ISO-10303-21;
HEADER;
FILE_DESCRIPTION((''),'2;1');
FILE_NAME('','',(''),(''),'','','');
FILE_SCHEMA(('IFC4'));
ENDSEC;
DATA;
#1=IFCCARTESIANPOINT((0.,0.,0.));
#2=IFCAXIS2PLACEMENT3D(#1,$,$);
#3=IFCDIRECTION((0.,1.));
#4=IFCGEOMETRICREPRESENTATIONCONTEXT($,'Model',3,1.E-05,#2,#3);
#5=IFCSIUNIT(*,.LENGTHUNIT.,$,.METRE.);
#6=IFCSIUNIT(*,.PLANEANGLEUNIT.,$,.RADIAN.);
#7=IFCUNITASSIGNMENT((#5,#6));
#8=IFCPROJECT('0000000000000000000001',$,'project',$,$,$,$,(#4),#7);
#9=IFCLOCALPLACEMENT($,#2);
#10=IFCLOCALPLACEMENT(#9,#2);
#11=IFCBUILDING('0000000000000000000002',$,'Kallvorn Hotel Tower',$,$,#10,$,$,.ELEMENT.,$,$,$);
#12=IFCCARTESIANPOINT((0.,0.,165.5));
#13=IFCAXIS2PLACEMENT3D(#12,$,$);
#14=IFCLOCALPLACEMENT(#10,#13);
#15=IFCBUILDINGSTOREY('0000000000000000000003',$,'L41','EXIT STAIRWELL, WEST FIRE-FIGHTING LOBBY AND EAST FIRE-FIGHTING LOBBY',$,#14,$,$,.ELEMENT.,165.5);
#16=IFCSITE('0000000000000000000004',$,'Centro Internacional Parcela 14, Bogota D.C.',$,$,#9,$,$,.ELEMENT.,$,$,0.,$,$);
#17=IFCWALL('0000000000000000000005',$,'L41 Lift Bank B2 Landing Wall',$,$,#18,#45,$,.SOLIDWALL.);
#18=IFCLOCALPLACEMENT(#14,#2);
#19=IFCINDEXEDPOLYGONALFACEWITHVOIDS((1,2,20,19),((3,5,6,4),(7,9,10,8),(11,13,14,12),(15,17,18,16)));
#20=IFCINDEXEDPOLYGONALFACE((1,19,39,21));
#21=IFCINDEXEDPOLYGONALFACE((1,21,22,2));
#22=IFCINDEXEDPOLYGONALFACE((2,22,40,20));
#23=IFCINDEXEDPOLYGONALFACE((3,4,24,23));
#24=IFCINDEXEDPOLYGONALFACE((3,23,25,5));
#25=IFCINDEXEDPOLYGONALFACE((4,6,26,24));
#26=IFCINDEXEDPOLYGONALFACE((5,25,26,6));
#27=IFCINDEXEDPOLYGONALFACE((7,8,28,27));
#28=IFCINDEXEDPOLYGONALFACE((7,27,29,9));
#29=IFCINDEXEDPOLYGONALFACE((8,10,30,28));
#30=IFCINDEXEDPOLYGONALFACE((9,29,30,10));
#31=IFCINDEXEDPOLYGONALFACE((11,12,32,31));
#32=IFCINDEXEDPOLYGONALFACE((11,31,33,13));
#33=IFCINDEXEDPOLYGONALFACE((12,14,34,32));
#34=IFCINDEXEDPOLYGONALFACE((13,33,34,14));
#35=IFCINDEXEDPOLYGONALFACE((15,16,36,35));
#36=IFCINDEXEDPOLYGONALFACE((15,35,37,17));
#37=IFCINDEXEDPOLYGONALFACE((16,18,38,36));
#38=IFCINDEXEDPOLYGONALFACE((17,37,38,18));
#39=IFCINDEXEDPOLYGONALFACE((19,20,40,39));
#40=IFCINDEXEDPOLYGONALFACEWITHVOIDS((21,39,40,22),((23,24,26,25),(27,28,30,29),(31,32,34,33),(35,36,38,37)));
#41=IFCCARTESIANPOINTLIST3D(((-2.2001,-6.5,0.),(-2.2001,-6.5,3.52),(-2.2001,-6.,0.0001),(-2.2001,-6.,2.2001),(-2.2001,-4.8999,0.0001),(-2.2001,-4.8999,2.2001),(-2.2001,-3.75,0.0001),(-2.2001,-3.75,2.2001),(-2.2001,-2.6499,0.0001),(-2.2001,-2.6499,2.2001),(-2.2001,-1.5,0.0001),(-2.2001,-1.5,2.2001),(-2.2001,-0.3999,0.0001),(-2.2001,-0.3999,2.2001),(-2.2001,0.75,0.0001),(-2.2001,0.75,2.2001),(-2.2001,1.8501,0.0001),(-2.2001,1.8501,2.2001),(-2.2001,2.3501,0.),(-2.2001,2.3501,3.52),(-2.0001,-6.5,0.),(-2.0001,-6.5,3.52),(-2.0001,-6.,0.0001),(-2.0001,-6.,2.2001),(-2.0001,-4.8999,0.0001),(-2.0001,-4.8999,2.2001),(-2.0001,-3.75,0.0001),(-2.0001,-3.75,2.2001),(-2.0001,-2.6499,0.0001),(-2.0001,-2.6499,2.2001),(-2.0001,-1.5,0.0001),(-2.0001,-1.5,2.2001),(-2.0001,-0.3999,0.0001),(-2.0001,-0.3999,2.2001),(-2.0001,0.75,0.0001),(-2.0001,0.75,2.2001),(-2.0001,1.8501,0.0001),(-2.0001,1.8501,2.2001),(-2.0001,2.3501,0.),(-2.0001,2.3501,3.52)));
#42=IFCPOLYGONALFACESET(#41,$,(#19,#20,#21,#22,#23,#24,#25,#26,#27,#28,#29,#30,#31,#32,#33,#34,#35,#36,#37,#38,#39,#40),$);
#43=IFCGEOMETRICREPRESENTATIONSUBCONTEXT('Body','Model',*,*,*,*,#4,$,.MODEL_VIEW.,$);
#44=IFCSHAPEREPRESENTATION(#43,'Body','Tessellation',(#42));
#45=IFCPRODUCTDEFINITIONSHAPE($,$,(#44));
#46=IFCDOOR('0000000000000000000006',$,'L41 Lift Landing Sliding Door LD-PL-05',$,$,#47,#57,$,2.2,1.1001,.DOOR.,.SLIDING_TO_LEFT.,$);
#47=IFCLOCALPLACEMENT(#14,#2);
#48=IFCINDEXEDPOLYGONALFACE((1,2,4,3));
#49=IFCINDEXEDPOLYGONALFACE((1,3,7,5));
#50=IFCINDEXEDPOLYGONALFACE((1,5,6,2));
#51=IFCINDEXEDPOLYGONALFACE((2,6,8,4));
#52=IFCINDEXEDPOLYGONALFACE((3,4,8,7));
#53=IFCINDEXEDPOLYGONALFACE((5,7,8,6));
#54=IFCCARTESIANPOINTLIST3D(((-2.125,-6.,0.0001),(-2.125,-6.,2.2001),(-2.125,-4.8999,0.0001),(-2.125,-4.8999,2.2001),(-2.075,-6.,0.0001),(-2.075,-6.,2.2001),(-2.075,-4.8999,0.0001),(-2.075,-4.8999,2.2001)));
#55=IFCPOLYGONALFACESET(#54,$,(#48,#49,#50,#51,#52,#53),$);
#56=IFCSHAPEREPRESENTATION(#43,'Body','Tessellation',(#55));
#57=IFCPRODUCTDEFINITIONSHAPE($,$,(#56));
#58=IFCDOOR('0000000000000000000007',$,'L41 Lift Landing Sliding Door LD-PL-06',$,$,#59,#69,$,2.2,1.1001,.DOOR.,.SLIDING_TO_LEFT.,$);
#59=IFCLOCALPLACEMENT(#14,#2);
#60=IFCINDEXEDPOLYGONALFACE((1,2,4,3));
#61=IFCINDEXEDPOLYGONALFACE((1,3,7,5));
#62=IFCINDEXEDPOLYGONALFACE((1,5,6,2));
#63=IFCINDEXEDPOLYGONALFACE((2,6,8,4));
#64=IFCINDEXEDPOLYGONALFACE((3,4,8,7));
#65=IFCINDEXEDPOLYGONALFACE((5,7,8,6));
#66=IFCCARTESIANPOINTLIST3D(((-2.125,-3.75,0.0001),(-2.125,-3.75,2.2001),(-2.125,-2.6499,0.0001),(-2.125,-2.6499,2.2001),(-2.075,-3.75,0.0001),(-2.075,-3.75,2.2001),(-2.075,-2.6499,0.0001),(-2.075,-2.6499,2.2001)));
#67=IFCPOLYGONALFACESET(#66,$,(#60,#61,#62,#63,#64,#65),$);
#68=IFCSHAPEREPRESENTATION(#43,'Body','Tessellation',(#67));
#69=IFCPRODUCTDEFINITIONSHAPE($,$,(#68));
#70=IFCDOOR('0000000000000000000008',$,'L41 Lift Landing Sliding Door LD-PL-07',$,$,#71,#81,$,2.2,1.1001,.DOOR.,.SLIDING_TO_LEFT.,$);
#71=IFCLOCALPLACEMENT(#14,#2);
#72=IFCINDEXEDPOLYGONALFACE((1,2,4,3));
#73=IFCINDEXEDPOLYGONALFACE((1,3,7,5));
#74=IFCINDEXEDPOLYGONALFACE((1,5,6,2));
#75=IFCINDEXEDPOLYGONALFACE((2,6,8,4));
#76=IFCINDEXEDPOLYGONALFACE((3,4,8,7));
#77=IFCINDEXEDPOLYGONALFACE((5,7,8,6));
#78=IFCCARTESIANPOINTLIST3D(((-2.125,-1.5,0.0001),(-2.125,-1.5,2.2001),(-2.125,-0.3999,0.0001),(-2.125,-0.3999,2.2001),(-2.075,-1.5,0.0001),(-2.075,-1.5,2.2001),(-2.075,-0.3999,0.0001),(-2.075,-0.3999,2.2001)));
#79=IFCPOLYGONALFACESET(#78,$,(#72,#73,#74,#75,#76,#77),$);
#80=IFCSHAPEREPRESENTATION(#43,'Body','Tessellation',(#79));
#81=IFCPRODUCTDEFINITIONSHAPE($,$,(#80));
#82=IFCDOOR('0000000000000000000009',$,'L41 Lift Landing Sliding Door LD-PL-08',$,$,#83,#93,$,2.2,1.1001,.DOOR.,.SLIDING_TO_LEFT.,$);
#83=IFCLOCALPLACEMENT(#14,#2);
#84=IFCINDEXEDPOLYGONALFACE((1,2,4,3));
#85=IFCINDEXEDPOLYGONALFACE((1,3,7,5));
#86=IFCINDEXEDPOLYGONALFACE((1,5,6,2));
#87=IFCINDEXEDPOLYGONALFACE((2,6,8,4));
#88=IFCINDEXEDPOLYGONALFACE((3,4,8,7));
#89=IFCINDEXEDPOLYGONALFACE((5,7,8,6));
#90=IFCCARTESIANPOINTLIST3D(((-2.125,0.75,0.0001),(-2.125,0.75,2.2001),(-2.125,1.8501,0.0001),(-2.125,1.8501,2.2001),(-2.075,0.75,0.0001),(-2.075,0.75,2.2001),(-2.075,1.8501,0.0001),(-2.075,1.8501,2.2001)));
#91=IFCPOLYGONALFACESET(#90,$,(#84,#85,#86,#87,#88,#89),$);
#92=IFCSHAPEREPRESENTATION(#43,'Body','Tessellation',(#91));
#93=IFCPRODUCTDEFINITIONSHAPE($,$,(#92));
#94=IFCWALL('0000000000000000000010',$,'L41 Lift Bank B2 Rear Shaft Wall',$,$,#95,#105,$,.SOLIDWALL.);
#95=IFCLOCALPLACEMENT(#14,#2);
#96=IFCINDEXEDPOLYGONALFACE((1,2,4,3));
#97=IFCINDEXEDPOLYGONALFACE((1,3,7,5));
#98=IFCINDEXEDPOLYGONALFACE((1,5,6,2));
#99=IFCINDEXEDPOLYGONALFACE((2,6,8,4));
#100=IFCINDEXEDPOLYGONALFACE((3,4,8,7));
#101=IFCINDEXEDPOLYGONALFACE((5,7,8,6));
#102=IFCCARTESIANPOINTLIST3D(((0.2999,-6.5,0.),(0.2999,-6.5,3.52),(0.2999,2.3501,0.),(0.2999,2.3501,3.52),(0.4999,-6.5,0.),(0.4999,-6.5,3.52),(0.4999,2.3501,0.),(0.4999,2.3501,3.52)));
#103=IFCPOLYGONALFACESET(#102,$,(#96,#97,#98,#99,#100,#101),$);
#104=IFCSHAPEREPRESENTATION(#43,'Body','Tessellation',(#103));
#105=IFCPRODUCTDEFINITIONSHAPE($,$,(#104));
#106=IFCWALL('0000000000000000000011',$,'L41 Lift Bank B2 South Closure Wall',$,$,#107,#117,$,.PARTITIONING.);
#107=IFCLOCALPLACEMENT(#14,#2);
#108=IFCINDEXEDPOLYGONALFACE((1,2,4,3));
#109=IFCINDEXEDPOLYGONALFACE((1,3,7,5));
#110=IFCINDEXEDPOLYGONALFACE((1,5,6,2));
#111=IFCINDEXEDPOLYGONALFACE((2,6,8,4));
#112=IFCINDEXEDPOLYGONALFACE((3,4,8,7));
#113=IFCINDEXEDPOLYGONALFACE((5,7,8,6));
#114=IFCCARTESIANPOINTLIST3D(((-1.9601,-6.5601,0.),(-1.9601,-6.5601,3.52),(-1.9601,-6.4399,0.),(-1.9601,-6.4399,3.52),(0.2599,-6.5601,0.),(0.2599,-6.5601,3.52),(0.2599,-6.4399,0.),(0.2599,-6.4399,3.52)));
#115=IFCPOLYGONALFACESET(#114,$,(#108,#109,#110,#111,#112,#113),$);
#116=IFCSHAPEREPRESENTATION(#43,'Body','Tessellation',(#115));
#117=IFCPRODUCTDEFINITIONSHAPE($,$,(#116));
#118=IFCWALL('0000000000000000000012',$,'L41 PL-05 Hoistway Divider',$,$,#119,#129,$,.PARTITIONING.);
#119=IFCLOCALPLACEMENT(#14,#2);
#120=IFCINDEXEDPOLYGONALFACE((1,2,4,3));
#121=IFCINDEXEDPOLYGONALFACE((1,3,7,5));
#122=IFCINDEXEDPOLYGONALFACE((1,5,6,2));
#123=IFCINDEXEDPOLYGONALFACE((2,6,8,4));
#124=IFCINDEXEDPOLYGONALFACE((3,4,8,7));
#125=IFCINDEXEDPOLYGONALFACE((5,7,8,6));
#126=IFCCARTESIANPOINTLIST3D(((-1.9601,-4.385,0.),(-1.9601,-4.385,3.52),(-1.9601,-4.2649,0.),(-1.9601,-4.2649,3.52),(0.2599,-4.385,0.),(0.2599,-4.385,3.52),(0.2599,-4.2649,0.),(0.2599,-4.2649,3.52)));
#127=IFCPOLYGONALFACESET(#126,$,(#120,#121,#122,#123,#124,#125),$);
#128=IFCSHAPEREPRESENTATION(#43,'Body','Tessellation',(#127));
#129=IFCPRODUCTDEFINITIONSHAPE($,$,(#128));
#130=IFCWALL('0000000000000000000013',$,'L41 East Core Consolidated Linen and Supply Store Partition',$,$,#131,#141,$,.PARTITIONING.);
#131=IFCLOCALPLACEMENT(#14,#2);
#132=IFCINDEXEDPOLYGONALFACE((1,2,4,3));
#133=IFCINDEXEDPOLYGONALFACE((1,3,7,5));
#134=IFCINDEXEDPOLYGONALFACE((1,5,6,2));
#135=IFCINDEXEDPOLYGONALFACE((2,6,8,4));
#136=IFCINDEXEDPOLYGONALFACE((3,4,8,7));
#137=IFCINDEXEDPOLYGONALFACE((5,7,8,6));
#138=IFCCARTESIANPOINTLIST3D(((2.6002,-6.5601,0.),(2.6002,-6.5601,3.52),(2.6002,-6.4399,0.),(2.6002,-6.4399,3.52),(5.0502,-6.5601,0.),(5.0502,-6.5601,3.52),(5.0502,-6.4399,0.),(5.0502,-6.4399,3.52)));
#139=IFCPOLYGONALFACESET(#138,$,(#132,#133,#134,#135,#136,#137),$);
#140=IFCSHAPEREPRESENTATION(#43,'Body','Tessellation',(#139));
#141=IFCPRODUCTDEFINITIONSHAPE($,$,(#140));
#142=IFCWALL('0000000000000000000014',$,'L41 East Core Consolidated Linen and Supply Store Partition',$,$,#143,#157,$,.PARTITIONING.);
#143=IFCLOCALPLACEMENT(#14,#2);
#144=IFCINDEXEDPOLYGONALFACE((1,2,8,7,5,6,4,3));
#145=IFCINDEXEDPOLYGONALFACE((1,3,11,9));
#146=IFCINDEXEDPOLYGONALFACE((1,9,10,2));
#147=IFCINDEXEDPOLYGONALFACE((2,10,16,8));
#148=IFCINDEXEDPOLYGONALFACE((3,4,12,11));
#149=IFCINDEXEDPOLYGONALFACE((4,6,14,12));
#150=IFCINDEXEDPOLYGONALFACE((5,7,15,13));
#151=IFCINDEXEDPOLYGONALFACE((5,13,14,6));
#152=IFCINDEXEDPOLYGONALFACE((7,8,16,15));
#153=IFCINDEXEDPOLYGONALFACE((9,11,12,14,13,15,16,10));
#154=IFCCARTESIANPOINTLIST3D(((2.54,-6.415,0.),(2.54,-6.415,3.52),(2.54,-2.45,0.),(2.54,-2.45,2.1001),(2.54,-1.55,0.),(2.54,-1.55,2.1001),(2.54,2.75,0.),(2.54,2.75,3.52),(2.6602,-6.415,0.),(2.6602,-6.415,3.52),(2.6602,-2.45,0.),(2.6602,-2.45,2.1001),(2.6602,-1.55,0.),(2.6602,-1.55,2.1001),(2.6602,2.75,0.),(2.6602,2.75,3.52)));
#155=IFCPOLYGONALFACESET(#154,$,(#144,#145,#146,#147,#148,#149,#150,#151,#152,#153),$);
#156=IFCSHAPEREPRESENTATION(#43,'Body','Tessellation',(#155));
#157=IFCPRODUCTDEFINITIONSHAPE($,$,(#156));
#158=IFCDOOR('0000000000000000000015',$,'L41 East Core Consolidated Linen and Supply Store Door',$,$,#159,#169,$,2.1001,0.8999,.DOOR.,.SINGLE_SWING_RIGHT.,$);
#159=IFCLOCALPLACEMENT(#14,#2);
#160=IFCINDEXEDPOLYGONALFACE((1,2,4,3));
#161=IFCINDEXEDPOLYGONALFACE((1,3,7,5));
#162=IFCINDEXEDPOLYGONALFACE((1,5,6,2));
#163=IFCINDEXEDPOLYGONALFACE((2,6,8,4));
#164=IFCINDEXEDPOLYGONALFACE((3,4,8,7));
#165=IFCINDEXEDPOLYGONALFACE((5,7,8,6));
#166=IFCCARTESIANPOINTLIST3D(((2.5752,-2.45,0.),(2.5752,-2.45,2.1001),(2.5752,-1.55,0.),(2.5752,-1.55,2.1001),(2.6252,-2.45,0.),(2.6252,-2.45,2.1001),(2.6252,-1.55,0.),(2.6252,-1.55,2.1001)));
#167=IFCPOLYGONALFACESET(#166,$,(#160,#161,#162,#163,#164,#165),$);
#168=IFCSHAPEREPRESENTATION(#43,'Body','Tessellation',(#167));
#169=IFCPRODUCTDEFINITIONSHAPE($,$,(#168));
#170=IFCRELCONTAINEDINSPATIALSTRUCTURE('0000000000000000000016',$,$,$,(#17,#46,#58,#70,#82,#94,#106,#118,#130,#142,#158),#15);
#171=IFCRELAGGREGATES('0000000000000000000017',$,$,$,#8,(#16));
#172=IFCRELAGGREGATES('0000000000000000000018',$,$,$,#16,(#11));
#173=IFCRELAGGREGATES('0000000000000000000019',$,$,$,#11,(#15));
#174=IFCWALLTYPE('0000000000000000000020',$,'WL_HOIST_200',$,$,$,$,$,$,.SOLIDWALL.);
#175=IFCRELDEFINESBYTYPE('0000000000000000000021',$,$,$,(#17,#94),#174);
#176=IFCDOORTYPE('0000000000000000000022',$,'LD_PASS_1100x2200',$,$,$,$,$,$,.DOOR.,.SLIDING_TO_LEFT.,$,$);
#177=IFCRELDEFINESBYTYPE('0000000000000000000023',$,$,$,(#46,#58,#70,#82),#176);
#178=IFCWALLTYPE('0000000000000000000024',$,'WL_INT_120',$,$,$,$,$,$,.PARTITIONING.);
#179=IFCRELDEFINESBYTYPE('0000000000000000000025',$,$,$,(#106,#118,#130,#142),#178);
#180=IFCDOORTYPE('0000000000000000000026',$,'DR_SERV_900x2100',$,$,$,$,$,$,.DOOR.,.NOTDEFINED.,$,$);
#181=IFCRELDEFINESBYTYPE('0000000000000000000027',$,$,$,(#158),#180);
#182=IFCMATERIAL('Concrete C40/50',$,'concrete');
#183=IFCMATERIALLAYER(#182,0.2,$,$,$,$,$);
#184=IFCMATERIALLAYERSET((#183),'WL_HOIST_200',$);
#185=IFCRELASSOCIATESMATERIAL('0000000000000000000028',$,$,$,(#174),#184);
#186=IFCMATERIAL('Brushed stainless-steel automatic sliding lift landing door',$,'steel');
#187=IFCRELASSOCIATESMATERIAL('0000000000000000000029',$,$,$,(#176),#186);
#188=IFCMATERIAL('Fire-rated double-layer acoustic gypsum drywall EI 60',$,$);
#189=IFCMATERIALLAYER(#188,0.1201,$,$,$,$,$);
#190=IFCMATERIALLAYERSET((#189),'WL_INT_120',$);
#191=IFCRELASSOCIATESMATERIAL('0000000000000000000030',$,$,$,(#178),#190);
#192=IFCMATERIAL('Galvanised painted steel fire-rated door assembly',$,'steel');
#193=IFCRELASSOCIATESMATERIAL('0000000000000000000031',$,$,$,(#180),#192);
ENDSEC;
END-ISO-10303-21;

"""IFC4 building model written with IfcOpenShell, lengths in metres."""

from ifc_helpers import new_model, si_unit, direction, frame, frame_2d, origin, place, context, subcontext, project, spatial, rectangle, extrude, material, layer, layer_set, type_object, element, fill, save


model = new_model("IFC4")

# Units and contexts
model_context = context("Model", 3, precision=1e-05, world=origin(), true_north=direction((0.0, 1.0)))
body_context = subcontext(model_context, "Body", "Model", "MODEL_VIEW")
ifc_project = project(units=[si_unit("LENGTHUNIT", "METRE"), si_unit("PLANEANGLEUNIT", "RADIAN")], contexts=[model_context])

# Site, building, storey
site_placement = place(None, origin())
site = spatial("IfcSite", under=ifc_project, at=site_placement, Name="Centro Internacional Parcela 14, Bogota D.C.", CompositionType="ELEMENT", RefElevation=0.0)
building_placement = place(site_placement, origin())
building = spatial("IfcBuilding", under=site, at=building_placement, Name="Kallvorn Hotel Tower", CompositionType="ELEMENT")
storey_placement = place(building_placement, frame((0.0, 0.0, 165.5)))
storey = spatial("IfcBuildingStorey", under=building, at=storey_placement, Name="L41", Description="EXIT STAIRWELL, WEST FIRE-FIGHTING LOBBY AND EAST FIRE-FIGHTING LOBBY", CompositionType="ELEMENT", Elevation=165.5)

# Wall, openings, doors
ifc_material_1 = material(Name="Concrete C40/50", Category="concrete")
ifc_layer_1 = layer(ifc_material_1, 0.2)
ifc_layer_set_1 = layer_set([ifc_layer_1], Name="WL_HOIST_200")
wall_type_1 = type_object("IfcWallType", Name="WL_HOIST_200", PredefinedType="SOLIDWALL", material=ifc_layer_set_1)
wall_1_placement = place(storey_placement, frame((-2.1001, -6.5, 0.0), z_axis=(0.0, 0.0, 1.0), x_axis=(0.0, 1.0, 0.0)))
wall_1 = element("IfcWall", 1, at=wall_1_placement, inside=storey, type_object=wall_type_1, Name="L41 Lift Bank B2 Landing Wall", PredefinedType="SOLIDWALL", context=body_context, shape_type="SweptSolid", body=[
    extrude(rectangle(XDim=8.8501, YDim=0.2, at=frame_2d((4.425, 0.0))), origin(), (0.0, 0.0, 1.0), 3.52),
])
opening_1_placement = place(wall_1_placement, frame((0.5, 0.0, 0.0)))
opening_1 = element("IfcOpeningElement", 2, at=opening_1_placement, cuts=wall_1, PredefinedType="OPENING", context=body_context, shape_type="SweptSolid", body=[
    extrude(rectangle(XDim=1.1001, YDim=2.2, at=frame_2d((0.55, 1.1001))), frame((0.0, 0.115, 0.0), z_axis=(0.0, -1.0, 0.0), x_axis=(1.0, 0.0, 0.0)), (0.0, 0.0, 1.0), 0.23),
])
opening_2_placement = place(wall_1_placement, frame((2.75, 0.0, 0.0)))
opening_2 = element("IfcOpeningElement", 3, at=opening_2_placement, cuts=wall_1, PredefinedType="OPENING", context=body_context, shape_type="SweptSolid", body=[
    extrude(rectangle(XDim=1.1001, YDim=2.2, at=frame_2d((0.55, 1.1001))), frame((0.0, 0.115, 0.0), z_axis=(0.0, -1.0, 0.0), x_axis=(1.0, 0.0, 0.0)), (0.0, 0.0, 1.0), 0.23),
])
opening_3_placement = place(wall_1_placement, frame((5.0, 0.0, 0.0)))
opening_3 = element("IfcOpeningElement", 4, at=opening_3_placement, cuts=wall_1, PredefinedType="OPENING", context=body_context, shape_type="SweptSolid", body=[
    extrude(rectangle(XDim=1.1001, YDim=2.2, at=frame_2d((0.55, 1.1001))), frame((0.0, 0.115, 0.0), z_axis=(0.0, -1.0, 0.0), x_axis=(1.0, 0.0, 0.0)), (0.0, 0.0, 1.0), 0.23),
])
opening_4_placement = place(wall_1_placement, frame((7.25, 0.0, 0.0)))
opening_4 = element("IfcOpeningElement", 5, at=opening_4_placement, cuts=wall_1, PredefinedType="OPENING", context=body_context, shape_type="SweptSolid", body=[
    extrude(rectangle(XDim=1.1001, YDim=2.2, at=frame_2d((0.55, 1.1001))), frame((0.0, 0.115, 0.0), z_axis=(0.0, -1.0, 0.0), x_axis=(1.0, 0.0, 0.0)), (0.0, 0.0, 1.0), 0.23),
])
ifc_material_2 = material(Name="Brushed stainless-steel automatic sliding lift landing door", Category="steel")
door_type_1 = type_object("IfcDoorType", Name="LD_PASS_1100x2200", OperationType="SLIDING_TO_LEFT", PredefinedType="DOOR", material=ifc_material_2)
door_1_placement = place(opening_1_placement, origin())
door_1 = element("IfcDoor", 6, at=door_1_placement, inside=storey, type_object=door_type_1, Name="L41 Lift Landing Sliding Door LD-PL-05", OperationType="SLIDING_TO_LEFT", OverallHeight=2.2, OverallWidth=1.1001, PredefinedType="DOOR", context=body_context, shape_type="SweptSolid", body=[
    extrude(rectangle(XDim=1.1001, YDim=2.2, at=frame_2d((0.55, 1.1001))), frame((0.0, 0.0249, 0.0), z_axis=(0.0, -1.0, 0.0), x_axis=(1.0, 0.0, 0.0)), (0.0, 0.0, 1.0), 0.05),
])
fill(opening_1, door_1)
door_2_placement = place(opening_2_placement, origin())
door_2 = element("IfcDoor", 7, at=door_2_placement, inside=storey, type_object=door_type_1, Name="L41 Lift Landing Sliding Door LD-PL-06", OperationType="SLIDING_TO_LEFT", OverallHeight=2.2, OverallWidth=1.1001, PredefinedType="DOOR", context=body_context, shape_type="SweptSolid", body=[
    extrude(rectangle(XDim=1.1001, YDim=2.2, at=frame_2d((0.55, 1.1001))), frame((0.0, 0.0249, 0.0), z_axis=(0.0, -1.0, 0.0), x_axis=(1.0, 0.0, 0.0)), (0.0, 0.0, 1.0), 0.05),
])
fill(opening_2, door_2)
door_3_placement = place(opening_3_placement, origin())
door_3 = element("IfcDoor", 8, at=door_3_placement, inside=storey, type_object=door_type_1, Name="L41 Lift Landing Sliding Door LD-PL-07", OperationType="SLIDING_TO_LEFT", OverallHeight=2.2, OverallWidth=1.1001, PredefinedType="DOOR", context=body_context, shape_type="SweptSolid", body=[
    extrude(rectangle(XDim=1.1001, YDim=2.2, at=frame_2d((0.55, 1.1001))), frame((0.0, 0.0249, 0.0), z_axis=(0.0, -1.0, 0.0), x_axis=(1.0, 0.0, 0.0)), (0.0, 0.0, 1.0), 0.05),
])
fill(opening_3, door_3)
door_4_placement = place(opening_4_placement, origin())
door_4 = element("IfcDoor", 9, at=door_4_placement, inside=storey, type_object=door_type_1, Name="L41 Lift Landing Sliding Door LD-PL-08", OperationType="SLIDING_TO_LEFT", OverallHeight=2.2, OverallWidth=1.1001, PredefinedType="DOOR", context=body_context, shape_type="SweptSolid", body=[
    extrude(rectangle(XDim=1.1001, YDim=2.2, at=frame_2d((0.55, 1.1001))), frame((0.0, 0.0249, 0.0), z_axis=(0.0, -1.0, 0.0), x_axis=(1.0, 0.0, 0.0)), (0.0, 0.0, 1.0), 0.05),
])
fill(opening_4, door_4)

# Walls
wall_2_placement = place(storey_placement, frame((0.3999, -6.5, 0.0), z_axis=(0.0, 0.0, 1.0), x_axis=(0.0, 1.0, 0.0)))
element("IfcWall", 10, at=wall_2_placement, inside=storey, type_object=wall_type_1, Name="L41 Lift Bank B2 Rear Shaft Wall", PredefinedType="SOLIDWALL", context=body_context, shape_type="SweptSolid", body=[
    extrude(rectangle(XDim=8.8501, YDim=0.2, at=frame_2d((4.425, 0.0))), origin(), (0.0, 0.0, 1.0), 3.52),
])
ifc_material_3 = material(Name="Fire-rated double-layer acoustic gypsum drywall EI 60")
ifc_layer_2 = layer(ifc_material_3, 0.1201)
ifc_layer_set_2 = layer_set([ifc_layer_2], Name="WL_INT_120")
wall_type_2 = type_object("IfcWallType", Name="WL_INT_120", PredefinedType="PARTITIONING", material=ifc_layer_set_2)
for number, where, z_axis, x_axis, name in (
    (11, (-1.96, -6.5, 0.0), (0.0, 0.0, 1.0), (1.0, 0.0, 0.0), "L41 Lift Bank B2 South Closure Wall"),
    (12, (-1.96, -4.325, 0.0), (0.0, 0.0, 1.0), (1.0, 0.0, 0.0), "L41 PL-05 Hoistway Divider"),
):
    element("IfcWall", number, at=place(storey_placement, frame(where, z_axis=z_axis, x_axis=x_axis)), inside=storey, type_object=wall_type_2, Name=name, PredefinedType="PARTITIONING", context=body_context, shape_type="SweptSolid", body=[
        extrude(rectangle(XDim=2.22, YDim=0.1201, at=frame_2d((1.1099, 0.0))), origin(), (0.0, 0.0, 1.0), 3.52),
    ])
wall_3_placement = place(storey_placement, frame((2.6001, -6.5, 0.0), z_axis=(0.0, 0.0, 1.0), x_axis=(1.0, 0.0, 0.0)))
element("IfcWall", 13, at=wall_3_placement, inside=storey, type_object=wall_type_2, Name="L41 East Core Consolidated Linen and Supply Store Partition", PredefinedType="PARTITIONING", context=body_context, shape_type="SweptSolid", body=[
    extrude(rectangle(XDim=2.45, YDim=0.1201, at=frame_2d((1.2251, 0.0))), origin(), (0.0, 0.0, 1.0), 3.52),
])

# Wall, opening, door
wall_4_placement = place(storey_placement, frame((2.6001, -6.415, 0.0), z_axis=(0.0, 0.0, 1.0), x_axis=(0.0, 1.0, 0.0)))
wall_4 = element("IfcWall", 14, at=wall_4_placement, inside=storey, type_object=wall_type_2, Name="L41 East Core Consolidated Linen and Supply Store Partition", PredefinedType="PARTITIONING", context=body_context, shape_type="SweptSolid", body=[
    extrude(rectangle(XDim=9.165, YDim=0.1201, at=frame_2d((4.5825, 0.0))), origin(), (0.0, 0.0, 1.0), 3.52),
])
opening_5_placement = place(wall_4_placement, frame((3.9651, 0.0, 0.0)))
opening_5 = element("IfcOpeningElement", 15, at=opening_5_placement, cuts=wall_4, PredefinedType="OPENING", context=body_context, shape_type="SweptSolid", body=[
    extrude(rectangle(XDim=0.8999, YDim=2.1001, at=frame_2d((0.45, 1.05))), frame((0.0, 0.075, 0.0), z_axis=(0.0, -1.0, 0.0), x_axis=(1.0, 0.0, 0.0)), (0.0, 0.0, 1.0), 0.1501),
])
ifc_material_4 = material(Name="Galvanised painted steel fire-rated door assembly", Category="steel")
door_type_2 = type_object("IfcDoorType", Name="DR_SERV_900x2100", OperationType="NOTDEFINED", PredefinedType="DOOR", material=ifc_material_4)
door_5_placement = place(opening_5_placement, origin())
door_5 = element("IfcDoor", 16, at=door_5_placement, inside=storey, type_object=door_type_2, Name="L41 East Core Consolidated Linen and Supply Store Door", OperationType="SINGLE_SWING_RIGHT", OverallHeight=2.1001, OverallWidth=0.8999, PredefinedType="DOOR", context=body_context, shape_type="SweptSolid", body=[
    extrude(rectangle(XDim=0.8999, YDim=2.1001, at=frame_2d((0.45, 1.05))), frame((0.0, 0.0249, 0.0), z_axis=(0.0, -1.0, 0.0), x_axis=(1.0, 0.0, 0.0)), (0.0, 0.0, 1.0), 0.05),
])
fill(opening_5, door_5)

save(model, "model.ifc")
